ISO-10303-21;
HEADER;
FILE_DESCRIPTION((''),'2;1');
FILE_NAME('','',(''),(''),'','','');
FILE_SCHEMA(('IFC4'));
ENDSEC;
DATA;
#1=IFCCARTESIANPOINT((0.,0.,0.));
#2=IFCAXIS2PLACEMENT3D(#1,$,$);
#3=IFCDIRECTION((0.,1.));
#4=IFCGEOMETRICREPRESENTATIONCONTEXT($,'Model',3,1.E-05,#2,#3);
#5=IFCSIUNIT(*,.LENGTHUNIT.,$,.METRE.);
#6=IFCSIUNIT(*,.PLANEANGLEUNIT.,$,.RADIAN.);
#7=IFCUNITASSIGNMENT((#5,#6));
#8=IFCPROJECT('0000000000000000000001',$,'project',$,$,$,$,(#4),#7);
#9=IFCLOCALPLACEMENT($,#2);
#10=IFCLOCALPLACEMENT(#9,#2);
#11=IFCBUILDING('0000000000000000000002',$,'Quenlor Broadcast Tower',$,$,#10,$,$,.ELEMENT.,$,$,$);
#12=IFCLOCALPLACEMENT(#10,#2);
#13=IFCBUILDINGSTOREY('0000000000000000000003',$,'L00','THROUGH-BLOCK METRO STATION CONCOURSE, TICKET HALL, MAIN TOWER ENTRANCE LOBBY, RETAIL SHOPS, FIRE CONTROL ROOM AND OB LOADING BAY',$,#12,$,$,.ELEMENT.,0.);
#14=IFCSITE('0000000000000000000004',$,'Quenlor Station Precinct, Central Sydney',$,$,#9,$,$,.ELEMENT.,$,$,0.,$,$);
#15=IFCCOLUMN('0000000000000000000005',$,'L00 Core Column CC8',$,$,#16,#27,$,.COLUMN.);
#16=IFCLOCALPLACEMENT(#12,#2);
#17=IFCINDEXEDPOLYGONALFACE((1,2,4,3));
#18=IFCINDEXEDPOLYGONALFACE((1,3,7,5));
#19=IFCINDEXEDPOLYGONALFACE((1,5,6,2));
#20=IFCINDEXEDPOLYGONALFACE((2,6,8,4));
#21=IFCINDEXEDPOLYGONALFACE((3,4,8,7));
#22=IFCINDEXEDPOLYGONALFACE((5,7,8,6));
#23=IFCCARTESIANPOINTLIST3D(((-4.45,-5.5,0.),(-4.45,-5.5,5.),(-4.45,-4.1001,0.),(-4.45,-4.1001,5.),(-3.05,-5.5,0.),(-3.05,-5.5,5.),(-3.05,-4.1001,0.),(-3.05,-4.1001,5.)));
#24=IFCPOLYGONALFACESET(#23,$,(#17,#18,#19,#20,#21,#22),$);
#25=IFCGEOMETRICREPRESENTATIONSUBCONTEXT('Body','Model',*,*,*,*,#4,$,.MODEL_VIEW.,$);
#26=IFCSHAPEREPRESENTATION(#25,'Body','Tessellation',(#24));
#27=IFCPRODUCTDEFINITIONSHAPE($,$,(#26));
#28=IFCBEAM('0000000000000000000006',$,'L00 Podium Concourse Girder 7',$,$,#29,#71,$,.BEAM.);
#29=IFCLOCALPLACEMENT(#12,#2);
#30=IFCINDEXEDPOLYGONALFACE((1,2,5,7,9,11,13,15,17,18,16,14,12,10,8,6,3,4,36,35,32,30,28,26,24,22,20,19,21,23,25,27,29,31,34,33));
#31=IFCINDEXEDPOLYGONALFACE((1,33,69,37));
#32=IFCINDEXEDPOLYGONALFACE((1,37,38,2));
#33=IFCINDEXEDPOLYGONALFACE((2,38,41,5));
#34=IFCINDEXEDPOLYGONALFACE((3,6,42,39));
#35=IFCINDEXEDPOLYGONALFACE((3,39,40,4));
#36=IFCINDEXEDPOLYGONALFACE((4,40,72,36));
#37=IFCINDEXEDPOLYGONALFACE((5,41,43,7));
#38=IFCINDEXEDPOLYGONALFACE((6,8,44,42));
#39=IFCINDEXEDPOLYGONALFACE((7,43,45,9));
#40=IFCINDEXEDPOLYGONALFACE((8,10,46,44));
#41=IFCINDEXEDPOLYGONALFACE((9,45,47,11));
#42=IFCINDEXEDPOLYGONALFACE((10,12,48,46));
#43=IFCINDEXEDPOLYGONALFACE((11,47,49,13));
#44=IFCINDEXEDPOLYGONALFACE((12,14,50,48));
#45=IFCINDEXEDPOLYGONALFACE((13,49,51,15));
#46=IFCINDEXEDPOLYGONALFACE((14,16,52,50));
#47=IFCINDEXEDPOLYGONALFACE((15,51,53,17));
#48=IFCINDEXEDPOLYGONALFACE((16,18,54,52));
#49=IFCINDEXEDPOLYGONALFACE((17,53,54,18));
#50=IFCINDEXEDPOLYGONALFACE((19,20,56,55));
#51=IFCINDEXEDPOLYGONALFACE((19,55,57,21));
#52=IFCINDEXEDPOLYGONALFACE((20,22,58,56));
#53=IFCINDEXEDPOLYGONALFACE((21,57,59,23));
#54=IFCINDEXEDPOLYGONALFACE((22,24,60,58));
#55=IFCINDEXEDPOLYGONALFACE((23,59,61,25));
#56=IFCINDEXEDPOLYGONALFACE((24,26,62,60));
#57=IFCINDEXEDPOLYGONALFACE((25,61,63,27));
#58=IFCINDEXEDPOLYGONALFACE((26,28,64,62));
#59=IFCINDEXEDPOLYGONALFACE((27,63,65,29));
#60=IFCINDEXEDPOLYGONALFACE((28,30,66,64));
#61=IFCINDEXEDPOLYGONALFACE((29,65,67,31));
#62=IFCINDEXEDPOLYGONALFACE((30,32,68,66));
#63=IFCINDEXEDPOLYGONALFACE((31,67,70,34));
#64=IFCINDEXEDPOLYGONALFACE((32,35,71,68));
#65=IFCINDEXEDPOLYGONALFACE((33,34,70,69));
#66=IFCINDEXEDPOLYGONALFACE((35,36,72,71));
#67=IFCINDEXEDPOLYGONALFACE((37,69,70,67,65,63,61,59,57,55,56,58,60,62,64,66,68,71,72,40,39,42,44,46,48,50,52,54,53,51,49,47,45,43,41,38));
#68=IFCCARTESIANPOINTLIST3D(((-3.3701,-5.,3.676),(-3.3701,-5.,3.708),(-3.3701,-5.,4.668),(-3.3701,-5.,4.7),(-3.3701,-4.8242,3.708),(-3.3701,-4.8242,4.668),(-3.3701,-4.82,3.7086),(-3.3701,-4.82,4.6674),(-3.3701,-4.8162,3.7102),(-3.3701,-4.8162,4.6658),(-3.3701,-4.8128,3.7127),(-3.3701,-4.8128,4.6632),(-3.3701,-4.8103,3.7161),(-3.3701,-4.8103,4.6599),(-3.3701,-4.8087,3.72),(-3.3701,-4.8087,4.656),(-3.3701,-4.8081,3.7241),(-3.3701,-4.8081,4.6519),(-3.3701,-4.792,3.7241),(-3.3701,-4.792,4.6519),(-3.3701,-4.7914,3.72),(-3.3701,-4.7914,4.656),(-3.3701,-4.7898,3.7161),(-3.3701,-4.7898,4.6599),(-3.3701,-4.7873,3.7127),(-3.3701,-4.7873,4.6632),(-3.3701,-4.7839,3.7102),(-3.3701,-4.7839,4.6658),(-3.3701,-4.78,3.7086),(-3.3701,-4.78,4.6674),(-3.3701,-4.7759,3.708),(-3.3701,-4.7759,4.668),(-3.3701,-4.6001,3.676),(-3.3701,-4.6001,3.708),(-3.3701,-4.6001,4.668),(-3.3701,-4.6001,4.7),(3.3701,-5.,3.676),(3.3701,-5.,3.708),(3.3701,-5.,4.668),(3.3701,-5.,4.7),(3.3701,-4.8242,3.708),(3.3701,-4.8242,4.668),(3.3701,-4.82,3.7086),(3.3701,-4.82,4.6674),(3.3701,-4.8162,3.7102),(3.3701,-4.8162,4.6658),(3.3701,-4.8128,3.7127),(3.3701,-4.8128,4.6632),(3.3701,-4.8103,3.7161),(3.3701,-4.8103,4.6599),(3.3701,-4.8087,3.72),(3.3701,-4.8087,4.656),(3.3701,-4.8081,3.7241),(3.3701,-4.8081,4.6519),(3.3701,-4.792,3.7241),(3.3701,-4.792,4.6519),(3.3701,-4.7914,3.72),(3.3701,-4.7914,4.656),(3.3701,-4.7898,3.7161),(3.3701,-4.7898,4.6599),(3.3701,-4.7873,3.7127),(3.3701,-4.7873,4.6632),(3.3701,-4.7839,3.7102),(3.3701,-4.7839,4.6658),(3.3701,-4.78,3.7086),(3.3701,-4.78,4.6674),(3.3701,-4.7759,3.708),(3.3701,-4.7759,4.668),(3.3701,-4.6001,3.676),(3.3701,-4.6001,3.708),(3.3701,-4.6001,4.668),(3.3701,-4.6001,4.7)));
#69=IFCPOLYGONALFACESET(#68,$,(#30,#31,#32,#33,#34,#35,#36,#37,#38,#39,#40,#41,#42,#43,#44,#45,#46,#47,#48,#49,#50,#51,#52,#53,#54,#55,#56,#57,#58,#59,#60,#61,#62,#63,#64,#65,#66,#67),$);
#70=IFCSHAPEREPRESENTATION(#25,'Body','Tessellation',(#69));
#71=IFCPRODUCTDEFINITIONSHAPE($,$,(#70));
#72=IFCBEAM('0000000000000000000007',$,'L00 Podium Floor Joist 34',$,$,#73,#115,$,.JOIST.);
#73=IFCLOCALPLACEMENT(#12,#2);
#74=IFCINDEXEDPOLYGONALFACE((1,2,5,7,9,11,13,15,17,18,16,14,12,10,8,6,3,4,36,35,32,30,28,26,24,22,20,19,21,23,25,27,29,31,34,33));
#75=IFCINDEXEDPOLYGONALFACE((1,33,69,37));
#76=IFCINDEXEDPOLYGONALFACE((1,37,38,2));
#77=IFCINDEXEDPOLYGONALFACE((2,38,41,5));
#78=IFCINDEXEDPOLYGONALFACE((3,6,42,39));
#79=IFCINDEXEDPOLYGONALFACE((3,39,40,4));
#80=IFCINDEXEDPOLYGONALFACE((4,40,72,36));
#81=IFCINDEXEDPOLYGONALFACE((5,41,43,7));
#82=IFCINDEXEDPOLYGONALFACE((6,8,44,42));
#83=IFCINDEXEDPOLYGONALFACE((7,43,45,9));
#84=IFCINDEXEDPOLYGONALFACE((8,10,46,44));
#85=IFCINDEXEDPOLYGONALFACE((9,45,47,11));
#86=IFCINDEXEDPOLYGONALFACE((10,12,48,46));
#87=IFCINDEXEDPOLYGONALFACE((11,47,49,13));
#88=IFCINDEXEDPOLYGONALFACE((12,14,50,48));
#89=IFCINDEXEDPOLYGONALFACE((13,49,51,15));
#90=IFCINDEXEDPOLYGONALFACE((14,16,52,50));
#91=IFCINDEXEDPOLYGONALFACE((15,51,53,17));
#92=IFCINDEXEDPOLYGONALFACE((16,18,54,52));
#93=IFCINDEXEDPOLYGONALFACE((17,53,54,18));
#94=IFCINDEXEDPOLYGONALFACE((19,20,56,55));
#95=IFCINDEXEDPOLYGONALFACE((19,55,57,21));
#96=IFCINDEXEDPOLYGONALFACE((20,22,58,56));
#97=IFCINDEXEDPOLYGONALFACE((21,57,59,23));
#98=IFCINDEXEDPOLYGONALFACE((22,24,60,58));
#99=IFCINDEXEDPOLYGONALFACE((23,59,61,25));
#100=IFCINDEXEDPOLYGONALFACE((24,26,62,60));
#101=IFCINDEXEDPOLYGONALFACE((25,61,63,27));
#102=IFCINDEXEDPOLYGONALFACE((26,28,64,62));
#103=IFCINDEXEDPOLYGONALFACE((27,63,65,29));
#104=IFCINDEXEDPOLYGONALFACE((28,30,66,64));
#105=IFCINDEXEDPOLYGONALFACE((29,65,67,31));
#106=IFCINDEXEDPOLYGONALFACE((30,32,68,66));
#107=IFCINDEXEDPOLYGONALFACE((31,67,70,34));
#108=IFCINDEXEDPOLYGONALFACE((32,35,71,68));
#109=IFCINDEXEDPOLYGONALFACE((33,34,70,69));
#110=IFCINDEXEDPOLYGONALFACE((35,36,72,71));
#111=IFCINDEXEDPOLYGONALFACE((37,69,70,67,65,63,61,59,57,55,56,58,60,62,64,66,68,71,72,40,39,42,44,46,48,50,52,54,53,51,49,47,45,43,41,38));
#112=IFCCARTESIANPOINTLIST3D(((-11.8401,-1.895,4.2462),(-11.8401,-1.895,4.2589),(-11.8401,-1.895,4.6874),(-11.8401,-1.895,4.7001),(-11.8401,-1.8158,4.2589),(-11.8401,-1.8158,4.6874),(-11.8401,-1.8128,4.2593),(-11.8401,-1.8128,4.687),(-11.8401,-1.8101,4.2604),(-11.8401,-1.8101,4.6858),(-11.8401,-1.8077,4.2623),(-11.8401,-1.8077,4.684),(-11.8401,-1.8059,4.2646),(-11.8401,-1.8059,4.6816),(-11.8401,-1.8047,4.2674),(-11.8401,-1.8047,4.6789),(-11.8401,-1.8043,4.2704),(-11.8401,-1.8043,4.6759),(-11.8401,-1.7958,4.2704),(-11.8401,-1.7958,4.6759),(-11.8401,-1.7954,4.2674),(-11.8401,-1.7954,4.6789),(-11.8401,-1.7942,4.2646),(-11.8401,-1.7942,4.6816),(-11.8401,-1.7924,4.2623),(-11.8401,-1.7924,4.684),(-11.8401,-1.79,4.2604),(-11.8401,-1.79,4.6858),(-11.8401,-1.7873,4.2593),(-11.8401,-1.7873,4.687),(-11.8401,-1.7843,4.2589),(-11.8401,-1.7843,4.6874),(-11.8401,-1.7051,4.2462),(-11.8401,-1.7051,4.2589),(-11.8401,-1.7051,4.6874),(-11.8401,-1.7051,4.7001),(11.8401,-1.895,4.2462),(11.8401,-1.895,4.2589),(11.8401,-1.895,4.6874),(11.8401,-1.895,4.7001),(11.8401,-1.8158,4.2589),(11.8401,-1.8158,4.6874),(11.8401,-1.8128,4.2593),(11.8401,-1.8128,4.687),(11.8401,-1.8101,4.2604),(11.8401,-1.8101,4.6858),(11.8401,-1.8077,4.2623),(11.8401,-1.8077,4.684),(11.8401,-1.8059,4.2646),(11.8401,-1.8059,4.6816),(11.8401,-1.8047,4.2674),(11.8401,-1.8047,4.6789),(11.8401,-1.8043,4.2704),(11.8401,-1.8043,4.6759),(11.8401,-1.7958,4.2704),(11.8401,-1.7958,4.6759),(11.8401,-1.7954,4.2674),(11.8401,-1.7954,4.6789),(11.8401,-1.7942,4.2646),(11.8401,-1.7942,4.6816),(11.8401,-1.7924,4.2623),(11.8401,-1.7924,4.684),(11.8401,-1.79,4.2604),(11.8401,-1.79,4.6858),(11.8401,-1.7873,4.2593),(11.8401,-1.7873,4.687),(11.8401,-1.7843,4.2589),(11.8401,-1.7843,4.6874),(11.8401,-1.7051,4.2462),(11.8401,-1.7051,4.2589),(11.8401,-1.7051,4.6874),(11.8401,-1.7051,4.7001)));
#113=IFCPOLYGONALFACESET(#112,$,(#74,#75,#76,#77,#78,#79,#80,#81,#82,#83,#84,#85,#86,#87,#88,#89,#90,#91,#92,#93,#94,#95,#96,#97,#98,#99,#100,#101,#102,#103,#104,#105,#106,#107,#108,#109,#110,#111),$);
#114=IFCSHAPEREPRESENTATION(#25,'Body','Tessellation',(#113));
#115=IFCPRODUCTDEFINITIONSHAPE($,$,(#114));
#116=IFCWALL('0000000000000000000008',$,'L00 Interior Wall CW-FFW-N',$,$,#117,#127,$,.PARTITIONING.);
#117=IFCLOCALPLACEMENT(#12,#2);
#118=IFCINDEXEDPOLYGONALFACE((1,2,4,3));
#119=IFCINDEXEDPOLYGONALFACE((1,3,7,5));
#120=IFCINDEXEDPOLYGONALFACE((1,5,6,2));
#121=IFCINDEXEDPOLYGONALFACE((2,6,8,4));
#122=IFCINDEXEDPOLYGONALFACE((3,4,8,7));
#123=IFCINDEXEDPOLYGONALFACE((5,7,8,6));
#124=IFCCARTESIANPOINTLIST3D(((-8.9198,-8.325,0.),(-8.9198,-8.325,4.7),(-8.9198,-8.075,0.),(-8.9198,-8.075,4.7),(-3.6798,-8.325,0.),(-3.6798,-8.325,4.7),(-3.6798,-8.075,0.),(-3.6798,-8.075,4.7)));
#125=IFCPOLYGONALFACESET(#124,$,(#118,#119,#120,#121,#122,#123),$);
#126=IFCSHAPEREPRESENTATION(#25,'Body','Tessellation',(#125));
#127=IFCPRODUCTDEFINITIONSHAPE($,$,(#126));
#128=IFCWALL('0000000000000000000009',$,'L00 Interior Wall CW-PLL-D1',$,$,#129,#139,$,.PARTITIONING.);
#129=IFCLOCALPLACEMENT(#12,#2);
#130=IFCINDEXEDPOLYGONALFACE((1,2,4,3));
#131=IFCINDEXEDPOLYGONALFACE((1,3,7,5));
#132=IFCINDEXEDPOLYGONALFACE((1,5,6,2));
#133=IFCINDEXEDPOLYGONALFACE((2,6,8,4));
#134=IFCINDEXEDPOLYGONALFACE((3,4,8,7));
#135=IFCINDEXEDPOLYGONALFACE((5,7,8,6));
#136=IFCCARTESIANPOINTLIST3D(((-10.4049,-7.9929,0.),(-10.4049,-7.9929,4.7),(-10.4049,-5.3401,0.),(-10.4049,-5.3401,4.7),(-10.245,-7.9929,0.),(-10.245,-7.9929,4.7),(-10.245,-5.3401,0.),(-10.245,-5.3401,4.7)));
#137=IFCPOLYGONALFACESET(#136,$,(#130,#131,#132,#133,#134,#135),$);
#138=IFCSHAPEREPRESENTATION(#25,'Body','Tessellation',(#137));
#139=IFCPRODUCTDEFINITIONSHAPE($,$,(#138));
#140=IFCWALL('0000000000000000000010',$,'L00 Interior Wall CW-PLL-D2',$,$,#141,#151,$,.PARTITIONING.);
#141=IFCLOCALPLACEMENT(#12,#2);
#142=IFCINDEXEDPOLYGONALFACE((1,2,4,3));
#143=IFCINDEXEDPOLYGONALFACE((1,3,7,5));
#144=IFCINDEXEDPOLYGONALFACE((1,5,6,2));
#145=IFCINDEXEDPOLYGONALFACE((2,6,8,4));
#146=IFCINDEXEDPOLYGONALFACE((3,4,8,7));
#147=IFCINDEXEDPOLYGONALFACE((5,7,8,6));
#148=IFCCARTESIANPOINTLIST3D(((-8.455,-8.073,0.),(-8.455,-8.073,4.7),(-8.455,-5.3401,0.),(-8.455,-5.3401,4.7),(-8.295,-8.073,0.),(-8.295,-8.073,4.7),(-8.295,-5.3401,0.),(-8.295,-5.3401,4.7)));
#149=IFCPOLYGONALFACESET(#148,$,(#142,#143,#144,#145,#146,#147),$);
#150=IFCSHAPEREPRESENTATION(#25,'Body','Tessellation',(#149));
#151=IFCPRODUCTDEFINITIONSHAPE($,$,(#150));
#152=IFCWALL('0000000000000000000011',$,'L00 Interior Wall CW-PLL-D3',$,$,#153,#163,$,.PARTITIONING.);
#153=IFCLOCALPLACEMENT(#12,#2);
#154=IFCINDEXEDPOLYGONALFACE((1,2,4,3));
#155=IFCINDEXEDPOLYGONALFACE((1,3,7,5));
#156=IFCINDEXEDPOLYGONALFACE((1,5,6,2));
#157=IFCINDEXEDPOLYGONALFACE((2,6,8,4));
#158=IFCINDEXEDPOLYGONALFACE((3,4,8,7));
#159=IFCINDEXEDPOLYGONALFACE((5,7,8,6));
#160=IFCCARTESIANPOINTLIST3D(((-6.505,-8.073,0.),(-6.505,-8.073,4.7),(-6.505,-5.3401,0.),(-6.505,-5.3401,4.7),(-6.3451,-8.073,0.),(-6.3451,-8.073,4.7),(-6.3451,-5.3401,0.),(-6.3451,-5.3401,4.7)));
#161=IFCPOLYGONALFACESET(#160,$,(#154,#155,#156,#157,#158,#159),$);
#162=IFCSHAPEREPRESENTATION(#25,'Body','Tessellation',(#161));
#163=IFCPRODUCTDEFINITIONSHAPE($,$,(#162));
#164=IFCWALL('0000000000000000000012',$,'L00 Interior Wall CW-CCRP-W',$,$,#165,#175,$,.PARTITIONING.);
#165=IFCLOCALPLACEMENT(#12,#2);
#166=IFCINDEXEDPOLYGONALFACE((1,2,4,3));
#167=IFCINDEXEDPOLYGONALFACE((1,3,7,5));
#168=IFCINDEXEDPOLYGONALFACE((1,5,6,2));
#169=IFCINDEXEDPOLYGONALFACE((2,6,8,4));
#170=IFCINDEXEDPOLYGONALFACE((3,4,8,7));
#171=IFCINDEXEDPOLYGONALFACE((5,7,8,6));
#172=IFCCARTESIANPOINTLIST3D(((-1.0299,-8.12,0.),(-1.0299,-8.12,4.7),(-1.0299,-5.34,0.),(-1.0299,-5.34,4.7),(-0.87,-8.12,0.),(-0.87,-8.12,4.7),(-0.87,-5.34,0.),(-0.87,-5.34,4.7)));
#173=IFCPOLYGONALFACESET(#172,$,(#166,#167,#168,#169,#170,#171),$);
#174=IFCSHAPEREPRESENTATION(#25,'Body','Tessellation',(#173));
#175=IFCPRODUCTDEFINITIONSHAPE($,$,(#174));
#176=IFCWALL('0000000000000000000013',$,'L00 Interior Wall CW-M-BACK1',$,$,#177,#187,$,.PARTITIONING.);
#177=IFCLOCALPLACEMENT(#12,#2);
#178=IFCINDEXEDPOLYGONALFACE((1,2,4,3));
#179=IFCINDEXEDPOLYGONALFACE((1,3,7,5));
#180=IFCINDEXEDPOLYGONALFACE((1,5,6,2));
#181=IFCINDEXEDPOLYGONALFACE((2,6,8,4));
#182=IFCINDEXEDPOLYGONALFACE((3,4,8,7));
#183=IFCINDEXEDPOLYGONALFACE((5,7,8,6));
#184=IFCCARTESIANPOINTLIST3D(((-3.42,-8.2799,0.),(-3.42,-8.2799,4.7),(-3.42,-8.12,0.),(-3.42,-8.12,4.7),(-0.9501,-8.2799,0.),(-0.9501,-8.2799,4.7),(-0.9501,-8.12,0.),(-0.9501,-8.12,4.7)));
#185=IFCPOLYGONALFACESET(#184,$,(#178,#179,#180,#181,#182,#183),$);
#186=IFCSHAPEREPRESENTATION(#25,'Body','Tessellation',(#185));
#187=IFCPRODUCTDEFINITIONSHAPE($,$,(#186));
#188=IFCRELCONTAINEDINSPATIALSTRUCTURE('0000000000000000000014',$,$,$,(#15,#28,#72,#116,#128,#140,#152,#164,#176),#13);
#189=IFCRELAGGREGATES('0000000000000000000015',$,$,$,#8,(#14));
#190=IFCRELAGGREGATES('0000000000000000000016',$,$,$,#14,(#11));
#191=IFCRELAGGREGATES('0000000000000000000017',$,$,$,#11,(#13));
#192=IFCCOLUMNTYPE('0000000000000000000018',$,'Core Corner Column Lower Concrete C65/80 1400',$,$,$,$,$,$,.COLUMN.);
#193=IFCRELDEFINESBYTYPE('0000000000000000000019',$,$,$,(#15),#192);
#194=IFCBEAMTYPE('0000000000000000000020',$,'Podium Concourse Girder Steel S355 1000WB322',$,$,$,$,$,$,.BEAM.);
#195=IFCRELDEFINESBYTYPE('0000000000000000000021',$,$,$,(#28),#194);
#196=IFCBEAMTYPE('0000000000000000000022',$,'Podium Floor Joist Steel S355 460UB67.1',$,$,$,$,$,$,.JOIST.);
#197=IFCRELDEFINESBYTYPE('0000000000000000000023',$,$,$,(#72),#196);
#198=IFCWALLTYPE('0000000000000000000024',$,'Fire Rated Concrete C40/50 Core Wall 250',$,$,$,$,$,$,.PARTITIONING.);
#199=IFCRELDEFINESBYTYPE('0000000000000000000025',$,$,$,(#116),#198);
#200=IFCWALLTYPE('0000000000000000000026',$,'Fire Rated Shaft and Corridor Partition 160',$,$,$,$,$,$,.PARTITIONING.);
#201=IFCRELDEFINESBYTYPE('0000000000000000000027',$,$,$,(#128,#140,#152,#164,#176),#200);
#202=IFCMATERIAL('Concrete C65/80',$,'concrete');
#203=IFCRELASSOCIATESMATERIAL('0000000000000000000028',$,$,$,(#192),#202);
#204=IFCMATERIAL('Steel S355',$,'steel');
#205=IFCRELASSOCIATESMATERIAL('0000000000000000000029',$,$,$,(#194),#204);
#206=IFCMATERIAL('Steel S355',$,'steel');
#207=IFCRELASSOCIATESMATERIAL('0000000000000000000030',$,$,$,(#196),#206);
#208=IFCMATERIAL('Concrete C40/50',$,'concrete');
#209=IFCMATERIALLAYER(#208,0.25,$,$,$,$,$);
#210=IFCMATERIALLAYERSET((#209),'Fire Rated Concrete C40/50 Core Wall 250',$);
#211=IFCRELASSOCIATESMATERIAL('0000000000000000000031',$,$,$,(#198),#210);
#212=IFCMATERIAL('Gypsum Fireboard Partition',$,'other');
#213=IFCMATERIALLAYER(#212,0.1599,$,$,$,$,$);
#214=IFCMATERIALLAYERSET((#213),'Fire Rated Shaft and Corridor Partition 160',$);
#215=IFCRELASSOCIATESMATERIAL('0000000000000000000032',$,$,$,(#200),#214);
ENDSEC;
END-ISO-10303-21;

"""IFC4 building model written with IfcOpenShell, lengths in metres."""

from ifc_helpers import new_model, si_unit, direction, frame, frame_2d, origin, origin_2d, place, context, subcontext, project, spatial, rectangle, i_section, extrude, material, layer, layer_set, material_profile, profile_set, type_object, element, save


model = new_model("IFC4")

# Units and contexts
model_context = context("Model", 3, precision=1e-05, world=origin(), true_north=direction((0.0, 1.0)))
body_context = subcontext(model_context, "Body", "Model", "MODEL_VIEW")
ifc_project = project(units=[si_unit("LENGTHUNIT", "METRE"), si_unit("PLANEANGLEUNIT", "RADIAN")], contexts=[model_context])

# Site, building, storey
site_placement = place(None, origin())
site = spatial("IfcSite", under=ifc_project, at=site_placement, Name="Quenlor Station Precinct, Central Sydney", CompositionType="ELEMENT", RefElevation=0.0)
building_placement = place(site_placement, origin())
building = spatial("IfcBuilding", under=site, at=building_placement, Name="Quenlor Broadcast Tower", CompositionType="ELEMENT")
storey_placement = place(building_placement, origin())
storey = spatial("IfcBuildingStorey", under=building, at=storey_placement, Name="L00", Description="THROUGH-BLOCK METRO STATION CONCOURSE, TICKET HALL, MAIN TOWER ENTRANCE LOBBY, RETAIL SHOPS, FIRE CONTROL ROOM AND OB LOADING BAY", CompositionType="ELEMENT", Elevation=0.0)

# Column
ifc_material_1 = material(Name="Concrete C65/80", Category="concrete")
ifc_material_profile_1 = material_profile(ifc_material_1, rectangle(XDim=1.3999, YDim=1.3999, at=origin_2d()))
ifc_profile_set_1 = profile_set([ifc_material_profile_1], Name="Concrete C65/80 RC1400x1400")
column_type = type_object("IfcColumnType", Name="Core Corner Column Lower Concrete C65/80 1400", PredefinedType="COLUMN", material=ifc_profile_set_1)
column_placement = place(storey_placement, frame((-3.75, -4.8, 0.0), z_axis=(0.0, 0.0, 1.0), x_axis=(1.0, 0.0, 0.0)))
element("IfcColumn", 1, at=column_placement, inside=storey, type_object=column_type, Name="L00 Core Column CC8", PredefinedType="COLUMN", context=body_context, shape_type="SweptSolid", body=[
    extrude(rectangle(XDim=1.3999, YDim=1.3999, at=origin_2d()), origin(), (0.0, 0.0, 1.0), 5.0),
])

# Beams
ifc_material_2 = material(Name="Steel S355", Category="steel")
ifc_material_profile_2 = material_profile(ifc_material_2, i_section(OverallWidth=0.3999, OverallDepth=1.0239, WebThickness=0.0161, FlangeThickness=0.032, FilletRadius=0.0161, at=origin_2d()))
ifc_profile_set_2 = profile_set([ifc_material_profile_2], Name="Steel S355 1000WB322")
beam_type_1 = type_object("IfcBeamType", Name="Podium Concourse Girder Steel S355 1000WB322", PredefinedType="BEAM", material=ifc_profile_set_2)
beam_1_placement = place(storey_placement, frame((-3.3701, -4.8, 4.188), z_axis=(1.0, 0.0, 0.0), x_axis=(0.0, 1.0, 0.0)))
element("IfcBeam", 2, at=beam_1_placement, inside=storey, type_object=beam_type_1, Name="L00 Podium Concourse Girder 7", PredefinedType="BEAM", context=body_context, shape_type="SweptSolid", body=[
    extrude(i_section(OverallWidth=0.3999, OverallDepth=1.0239, WebThickness=0.0161, FlangeThickness=0.032, FilletRadius=0.0161, at=origin_2d()), origin(), (0.0, 0.0, 1.0), 6.7402),
])
ifc_material_3 = material(Name="Steel S355", Category="steel")
ifc_material_profile_3 = material_profile(ifc_material_3, i_section(OverallWidth=0.1899, OverallDepth=0.4539, WebThickness=0.0085, FlangeThickness=0.0127, FilletRadius=0.0115, at=origin_2d()))
ifc_profile_set_3 = profile_set([ifc_material_profile_3], Name="Steel S355 460UB67.1")
beam_type_2 = type_object("IfcBeamType", Name="Podium Floor Joist Steel S355 460UB67.1", PredefinedType="JOIST", material=ifc_profile_set_3)
beam_2_placement = place(storey_placement, frame((-11.8401, -1.8, 4.4731), z_axis=(1.0, 0.0, 0.0), x_axis=(0.0, 1.0, 0.0)))
element("IfcBeam", 3, at=beam_2_placement, inside=storey, type_object=beam_type_2, Name="L00 Podium Floor Joist 34", PredefinedType="JOIST", context=body_context, shape_type="SweptSolid", body=[
    extrude(i_section(OverallWidth=0.1899, OverallDepth=0.4539, WebThickness=0.0085, FlangeThickness=0.0127, FilletRadius=0.0115, at=origin_2d()), origin(), (0.0, 0.0, 1.0), 23.6802),
])

# Shared definitions
ifc_material_4 = material(Name="Concrete C40/50", Category="concrete")
ifc_layer_1 = layer(ifc_material_4, 0.25)
ifc_layer_set_1 = layer_set([ifc_layer_1], Name="Fire Rated Concrete C40/50 Core Wall 250")
wall_type_1 = type_object("IfcWallType", Name="Fire Rated Concrete C40/50 Core Wall 250", PredefinedType="PARTITIONING", material=ifc_layer_set_1)

# Wall
wall_1_placement = place(storey_placement, frame((-8.9199, -8.2, 0.0), z_axis=(0.0, 0.0, 1.0), x_axis=(1.0, 0.0, 0.0)))
element("IfcWall", 4, at=wall_1_placement, inside=storey, type_object=wall_type_1, Name="L00 Interior Wall CW-FFW-N", PredefinedType="PARTITIONING", context=body_context, shape_type="SweptSolid", body=[
    extrude(rectangle(XDim=5.24, YDim=0.25, at=frame_2d((2.6201, 0.0))), origin(), (0.0, 0.0, 1.0), 4.7),
])

# Walls
ifc_material_5 = material(Name="Gypsum Fireboard Partition", Category="other")
ifc_layer_2 = layer(ifc_material_5, 0.1599)
ifc_layer_set_2 = layer_set([ifc_layer_2], Name="Fire Rated Shaft and Corridor Partition 160")
wall_type_2 = type_object("IfcWallType", Name="Fire Rated Shaft and Corridor Partition 160", PredefinedType="PARTITIONING", material=ifc_layer_set_2)
wall_2_placement = place(storey_placement, frame((-10.325, -7.9929, 0.0), z_axis=(0.0, 0.0, 1.0), x_axis=(0.0, 1.0, 0.0)))
element("IfcWall", 5, at=wall_2_placement, inside=storey, type_object=wall_type_2, Name="L00 Interior Wall CW-PLL-D1", PredefinedType="PARTITIONING", context=body_context, shape_type="SweptSolid", body=[
    extrude(rectangle(XDim=2.6528, YDim=0.1599, at=frame_2d((1.3264, 0.0))), origin(), (0.0, 0.0, 1.0), 4.7),
])
for number, where, z_axis, x_axis, name in (
    (6, (-8.375, -8.073, 0.0), (0.0, 0.0, 1.0), (0.0, 1.0, 0.0), "L00 Interior Wall CW-PLL-D2"),
    (7, (-6.425, -8.073, 0.0), (0.0, 0.0, 1.0), (0.0, 1.0, 0.0), "L00 Interior Wall CW-PLL-D3"),
):
    element("IfcWall", number, at=place(storey_placement, frame(where, z_axis=z_axis, x_axis=x_axis)), inside=storey, type_object=wall_type_2, Name=name, PredefinedType="PARTITIONING", context=body_context, shape_type="SweptSolid", body=[
        extrude(rectangle(XDim=2.7329, YDim=0.1599, at=frame_2d((1.3665, 0.0))), origin(), (0.0, 0.0, 1.0), 4.7),
    ])
wall_3_placement = place(storey_placement, frame((-0.95, -8.1201, 0.0), z_axis=(0.0, 0.0, 1.0), x_axis=(0.0, 1.0, 0.0)))
element("IfcWall", 8, at=wall_3_placement, inside=storey, type_object=wall_type_2, Name="L00 Interior Wall CW-CCRP-W", PredefinedType="PARTITIONING", context=body_context, shape_type="SweptSolid", body=[
    extrude(rectangle(XDim=2.78, YDim=0.1599, at=frame_2d((1.3901, 0.0))), origin(), (0.0, 0.0, 1.0), 4.7),
])
wall_4_placement = place(storey_placement, frame((-3.4199, -8.2, 0.0), z_axis=(0.0, 0.0, 1.0), x_axis=(1.0, 0.0, 0.0)))
element("IfcWall", 9, at=wall_4_placement, inside=storey, type_object=wall_type_2, Name="L00 Interior Wall CW-M-BACK1", PredefinedType="PARTITIONING", context=body_context, shape_type="SweptSolid", body=[
    extrude(rectangle(XDim=2.47, YDim=0.1599, at=frame_2d((1.2349, 0.0))), origin(), (0.0, 0.0, 1.0), 4.7),
])

save(model, "model.ifc")
